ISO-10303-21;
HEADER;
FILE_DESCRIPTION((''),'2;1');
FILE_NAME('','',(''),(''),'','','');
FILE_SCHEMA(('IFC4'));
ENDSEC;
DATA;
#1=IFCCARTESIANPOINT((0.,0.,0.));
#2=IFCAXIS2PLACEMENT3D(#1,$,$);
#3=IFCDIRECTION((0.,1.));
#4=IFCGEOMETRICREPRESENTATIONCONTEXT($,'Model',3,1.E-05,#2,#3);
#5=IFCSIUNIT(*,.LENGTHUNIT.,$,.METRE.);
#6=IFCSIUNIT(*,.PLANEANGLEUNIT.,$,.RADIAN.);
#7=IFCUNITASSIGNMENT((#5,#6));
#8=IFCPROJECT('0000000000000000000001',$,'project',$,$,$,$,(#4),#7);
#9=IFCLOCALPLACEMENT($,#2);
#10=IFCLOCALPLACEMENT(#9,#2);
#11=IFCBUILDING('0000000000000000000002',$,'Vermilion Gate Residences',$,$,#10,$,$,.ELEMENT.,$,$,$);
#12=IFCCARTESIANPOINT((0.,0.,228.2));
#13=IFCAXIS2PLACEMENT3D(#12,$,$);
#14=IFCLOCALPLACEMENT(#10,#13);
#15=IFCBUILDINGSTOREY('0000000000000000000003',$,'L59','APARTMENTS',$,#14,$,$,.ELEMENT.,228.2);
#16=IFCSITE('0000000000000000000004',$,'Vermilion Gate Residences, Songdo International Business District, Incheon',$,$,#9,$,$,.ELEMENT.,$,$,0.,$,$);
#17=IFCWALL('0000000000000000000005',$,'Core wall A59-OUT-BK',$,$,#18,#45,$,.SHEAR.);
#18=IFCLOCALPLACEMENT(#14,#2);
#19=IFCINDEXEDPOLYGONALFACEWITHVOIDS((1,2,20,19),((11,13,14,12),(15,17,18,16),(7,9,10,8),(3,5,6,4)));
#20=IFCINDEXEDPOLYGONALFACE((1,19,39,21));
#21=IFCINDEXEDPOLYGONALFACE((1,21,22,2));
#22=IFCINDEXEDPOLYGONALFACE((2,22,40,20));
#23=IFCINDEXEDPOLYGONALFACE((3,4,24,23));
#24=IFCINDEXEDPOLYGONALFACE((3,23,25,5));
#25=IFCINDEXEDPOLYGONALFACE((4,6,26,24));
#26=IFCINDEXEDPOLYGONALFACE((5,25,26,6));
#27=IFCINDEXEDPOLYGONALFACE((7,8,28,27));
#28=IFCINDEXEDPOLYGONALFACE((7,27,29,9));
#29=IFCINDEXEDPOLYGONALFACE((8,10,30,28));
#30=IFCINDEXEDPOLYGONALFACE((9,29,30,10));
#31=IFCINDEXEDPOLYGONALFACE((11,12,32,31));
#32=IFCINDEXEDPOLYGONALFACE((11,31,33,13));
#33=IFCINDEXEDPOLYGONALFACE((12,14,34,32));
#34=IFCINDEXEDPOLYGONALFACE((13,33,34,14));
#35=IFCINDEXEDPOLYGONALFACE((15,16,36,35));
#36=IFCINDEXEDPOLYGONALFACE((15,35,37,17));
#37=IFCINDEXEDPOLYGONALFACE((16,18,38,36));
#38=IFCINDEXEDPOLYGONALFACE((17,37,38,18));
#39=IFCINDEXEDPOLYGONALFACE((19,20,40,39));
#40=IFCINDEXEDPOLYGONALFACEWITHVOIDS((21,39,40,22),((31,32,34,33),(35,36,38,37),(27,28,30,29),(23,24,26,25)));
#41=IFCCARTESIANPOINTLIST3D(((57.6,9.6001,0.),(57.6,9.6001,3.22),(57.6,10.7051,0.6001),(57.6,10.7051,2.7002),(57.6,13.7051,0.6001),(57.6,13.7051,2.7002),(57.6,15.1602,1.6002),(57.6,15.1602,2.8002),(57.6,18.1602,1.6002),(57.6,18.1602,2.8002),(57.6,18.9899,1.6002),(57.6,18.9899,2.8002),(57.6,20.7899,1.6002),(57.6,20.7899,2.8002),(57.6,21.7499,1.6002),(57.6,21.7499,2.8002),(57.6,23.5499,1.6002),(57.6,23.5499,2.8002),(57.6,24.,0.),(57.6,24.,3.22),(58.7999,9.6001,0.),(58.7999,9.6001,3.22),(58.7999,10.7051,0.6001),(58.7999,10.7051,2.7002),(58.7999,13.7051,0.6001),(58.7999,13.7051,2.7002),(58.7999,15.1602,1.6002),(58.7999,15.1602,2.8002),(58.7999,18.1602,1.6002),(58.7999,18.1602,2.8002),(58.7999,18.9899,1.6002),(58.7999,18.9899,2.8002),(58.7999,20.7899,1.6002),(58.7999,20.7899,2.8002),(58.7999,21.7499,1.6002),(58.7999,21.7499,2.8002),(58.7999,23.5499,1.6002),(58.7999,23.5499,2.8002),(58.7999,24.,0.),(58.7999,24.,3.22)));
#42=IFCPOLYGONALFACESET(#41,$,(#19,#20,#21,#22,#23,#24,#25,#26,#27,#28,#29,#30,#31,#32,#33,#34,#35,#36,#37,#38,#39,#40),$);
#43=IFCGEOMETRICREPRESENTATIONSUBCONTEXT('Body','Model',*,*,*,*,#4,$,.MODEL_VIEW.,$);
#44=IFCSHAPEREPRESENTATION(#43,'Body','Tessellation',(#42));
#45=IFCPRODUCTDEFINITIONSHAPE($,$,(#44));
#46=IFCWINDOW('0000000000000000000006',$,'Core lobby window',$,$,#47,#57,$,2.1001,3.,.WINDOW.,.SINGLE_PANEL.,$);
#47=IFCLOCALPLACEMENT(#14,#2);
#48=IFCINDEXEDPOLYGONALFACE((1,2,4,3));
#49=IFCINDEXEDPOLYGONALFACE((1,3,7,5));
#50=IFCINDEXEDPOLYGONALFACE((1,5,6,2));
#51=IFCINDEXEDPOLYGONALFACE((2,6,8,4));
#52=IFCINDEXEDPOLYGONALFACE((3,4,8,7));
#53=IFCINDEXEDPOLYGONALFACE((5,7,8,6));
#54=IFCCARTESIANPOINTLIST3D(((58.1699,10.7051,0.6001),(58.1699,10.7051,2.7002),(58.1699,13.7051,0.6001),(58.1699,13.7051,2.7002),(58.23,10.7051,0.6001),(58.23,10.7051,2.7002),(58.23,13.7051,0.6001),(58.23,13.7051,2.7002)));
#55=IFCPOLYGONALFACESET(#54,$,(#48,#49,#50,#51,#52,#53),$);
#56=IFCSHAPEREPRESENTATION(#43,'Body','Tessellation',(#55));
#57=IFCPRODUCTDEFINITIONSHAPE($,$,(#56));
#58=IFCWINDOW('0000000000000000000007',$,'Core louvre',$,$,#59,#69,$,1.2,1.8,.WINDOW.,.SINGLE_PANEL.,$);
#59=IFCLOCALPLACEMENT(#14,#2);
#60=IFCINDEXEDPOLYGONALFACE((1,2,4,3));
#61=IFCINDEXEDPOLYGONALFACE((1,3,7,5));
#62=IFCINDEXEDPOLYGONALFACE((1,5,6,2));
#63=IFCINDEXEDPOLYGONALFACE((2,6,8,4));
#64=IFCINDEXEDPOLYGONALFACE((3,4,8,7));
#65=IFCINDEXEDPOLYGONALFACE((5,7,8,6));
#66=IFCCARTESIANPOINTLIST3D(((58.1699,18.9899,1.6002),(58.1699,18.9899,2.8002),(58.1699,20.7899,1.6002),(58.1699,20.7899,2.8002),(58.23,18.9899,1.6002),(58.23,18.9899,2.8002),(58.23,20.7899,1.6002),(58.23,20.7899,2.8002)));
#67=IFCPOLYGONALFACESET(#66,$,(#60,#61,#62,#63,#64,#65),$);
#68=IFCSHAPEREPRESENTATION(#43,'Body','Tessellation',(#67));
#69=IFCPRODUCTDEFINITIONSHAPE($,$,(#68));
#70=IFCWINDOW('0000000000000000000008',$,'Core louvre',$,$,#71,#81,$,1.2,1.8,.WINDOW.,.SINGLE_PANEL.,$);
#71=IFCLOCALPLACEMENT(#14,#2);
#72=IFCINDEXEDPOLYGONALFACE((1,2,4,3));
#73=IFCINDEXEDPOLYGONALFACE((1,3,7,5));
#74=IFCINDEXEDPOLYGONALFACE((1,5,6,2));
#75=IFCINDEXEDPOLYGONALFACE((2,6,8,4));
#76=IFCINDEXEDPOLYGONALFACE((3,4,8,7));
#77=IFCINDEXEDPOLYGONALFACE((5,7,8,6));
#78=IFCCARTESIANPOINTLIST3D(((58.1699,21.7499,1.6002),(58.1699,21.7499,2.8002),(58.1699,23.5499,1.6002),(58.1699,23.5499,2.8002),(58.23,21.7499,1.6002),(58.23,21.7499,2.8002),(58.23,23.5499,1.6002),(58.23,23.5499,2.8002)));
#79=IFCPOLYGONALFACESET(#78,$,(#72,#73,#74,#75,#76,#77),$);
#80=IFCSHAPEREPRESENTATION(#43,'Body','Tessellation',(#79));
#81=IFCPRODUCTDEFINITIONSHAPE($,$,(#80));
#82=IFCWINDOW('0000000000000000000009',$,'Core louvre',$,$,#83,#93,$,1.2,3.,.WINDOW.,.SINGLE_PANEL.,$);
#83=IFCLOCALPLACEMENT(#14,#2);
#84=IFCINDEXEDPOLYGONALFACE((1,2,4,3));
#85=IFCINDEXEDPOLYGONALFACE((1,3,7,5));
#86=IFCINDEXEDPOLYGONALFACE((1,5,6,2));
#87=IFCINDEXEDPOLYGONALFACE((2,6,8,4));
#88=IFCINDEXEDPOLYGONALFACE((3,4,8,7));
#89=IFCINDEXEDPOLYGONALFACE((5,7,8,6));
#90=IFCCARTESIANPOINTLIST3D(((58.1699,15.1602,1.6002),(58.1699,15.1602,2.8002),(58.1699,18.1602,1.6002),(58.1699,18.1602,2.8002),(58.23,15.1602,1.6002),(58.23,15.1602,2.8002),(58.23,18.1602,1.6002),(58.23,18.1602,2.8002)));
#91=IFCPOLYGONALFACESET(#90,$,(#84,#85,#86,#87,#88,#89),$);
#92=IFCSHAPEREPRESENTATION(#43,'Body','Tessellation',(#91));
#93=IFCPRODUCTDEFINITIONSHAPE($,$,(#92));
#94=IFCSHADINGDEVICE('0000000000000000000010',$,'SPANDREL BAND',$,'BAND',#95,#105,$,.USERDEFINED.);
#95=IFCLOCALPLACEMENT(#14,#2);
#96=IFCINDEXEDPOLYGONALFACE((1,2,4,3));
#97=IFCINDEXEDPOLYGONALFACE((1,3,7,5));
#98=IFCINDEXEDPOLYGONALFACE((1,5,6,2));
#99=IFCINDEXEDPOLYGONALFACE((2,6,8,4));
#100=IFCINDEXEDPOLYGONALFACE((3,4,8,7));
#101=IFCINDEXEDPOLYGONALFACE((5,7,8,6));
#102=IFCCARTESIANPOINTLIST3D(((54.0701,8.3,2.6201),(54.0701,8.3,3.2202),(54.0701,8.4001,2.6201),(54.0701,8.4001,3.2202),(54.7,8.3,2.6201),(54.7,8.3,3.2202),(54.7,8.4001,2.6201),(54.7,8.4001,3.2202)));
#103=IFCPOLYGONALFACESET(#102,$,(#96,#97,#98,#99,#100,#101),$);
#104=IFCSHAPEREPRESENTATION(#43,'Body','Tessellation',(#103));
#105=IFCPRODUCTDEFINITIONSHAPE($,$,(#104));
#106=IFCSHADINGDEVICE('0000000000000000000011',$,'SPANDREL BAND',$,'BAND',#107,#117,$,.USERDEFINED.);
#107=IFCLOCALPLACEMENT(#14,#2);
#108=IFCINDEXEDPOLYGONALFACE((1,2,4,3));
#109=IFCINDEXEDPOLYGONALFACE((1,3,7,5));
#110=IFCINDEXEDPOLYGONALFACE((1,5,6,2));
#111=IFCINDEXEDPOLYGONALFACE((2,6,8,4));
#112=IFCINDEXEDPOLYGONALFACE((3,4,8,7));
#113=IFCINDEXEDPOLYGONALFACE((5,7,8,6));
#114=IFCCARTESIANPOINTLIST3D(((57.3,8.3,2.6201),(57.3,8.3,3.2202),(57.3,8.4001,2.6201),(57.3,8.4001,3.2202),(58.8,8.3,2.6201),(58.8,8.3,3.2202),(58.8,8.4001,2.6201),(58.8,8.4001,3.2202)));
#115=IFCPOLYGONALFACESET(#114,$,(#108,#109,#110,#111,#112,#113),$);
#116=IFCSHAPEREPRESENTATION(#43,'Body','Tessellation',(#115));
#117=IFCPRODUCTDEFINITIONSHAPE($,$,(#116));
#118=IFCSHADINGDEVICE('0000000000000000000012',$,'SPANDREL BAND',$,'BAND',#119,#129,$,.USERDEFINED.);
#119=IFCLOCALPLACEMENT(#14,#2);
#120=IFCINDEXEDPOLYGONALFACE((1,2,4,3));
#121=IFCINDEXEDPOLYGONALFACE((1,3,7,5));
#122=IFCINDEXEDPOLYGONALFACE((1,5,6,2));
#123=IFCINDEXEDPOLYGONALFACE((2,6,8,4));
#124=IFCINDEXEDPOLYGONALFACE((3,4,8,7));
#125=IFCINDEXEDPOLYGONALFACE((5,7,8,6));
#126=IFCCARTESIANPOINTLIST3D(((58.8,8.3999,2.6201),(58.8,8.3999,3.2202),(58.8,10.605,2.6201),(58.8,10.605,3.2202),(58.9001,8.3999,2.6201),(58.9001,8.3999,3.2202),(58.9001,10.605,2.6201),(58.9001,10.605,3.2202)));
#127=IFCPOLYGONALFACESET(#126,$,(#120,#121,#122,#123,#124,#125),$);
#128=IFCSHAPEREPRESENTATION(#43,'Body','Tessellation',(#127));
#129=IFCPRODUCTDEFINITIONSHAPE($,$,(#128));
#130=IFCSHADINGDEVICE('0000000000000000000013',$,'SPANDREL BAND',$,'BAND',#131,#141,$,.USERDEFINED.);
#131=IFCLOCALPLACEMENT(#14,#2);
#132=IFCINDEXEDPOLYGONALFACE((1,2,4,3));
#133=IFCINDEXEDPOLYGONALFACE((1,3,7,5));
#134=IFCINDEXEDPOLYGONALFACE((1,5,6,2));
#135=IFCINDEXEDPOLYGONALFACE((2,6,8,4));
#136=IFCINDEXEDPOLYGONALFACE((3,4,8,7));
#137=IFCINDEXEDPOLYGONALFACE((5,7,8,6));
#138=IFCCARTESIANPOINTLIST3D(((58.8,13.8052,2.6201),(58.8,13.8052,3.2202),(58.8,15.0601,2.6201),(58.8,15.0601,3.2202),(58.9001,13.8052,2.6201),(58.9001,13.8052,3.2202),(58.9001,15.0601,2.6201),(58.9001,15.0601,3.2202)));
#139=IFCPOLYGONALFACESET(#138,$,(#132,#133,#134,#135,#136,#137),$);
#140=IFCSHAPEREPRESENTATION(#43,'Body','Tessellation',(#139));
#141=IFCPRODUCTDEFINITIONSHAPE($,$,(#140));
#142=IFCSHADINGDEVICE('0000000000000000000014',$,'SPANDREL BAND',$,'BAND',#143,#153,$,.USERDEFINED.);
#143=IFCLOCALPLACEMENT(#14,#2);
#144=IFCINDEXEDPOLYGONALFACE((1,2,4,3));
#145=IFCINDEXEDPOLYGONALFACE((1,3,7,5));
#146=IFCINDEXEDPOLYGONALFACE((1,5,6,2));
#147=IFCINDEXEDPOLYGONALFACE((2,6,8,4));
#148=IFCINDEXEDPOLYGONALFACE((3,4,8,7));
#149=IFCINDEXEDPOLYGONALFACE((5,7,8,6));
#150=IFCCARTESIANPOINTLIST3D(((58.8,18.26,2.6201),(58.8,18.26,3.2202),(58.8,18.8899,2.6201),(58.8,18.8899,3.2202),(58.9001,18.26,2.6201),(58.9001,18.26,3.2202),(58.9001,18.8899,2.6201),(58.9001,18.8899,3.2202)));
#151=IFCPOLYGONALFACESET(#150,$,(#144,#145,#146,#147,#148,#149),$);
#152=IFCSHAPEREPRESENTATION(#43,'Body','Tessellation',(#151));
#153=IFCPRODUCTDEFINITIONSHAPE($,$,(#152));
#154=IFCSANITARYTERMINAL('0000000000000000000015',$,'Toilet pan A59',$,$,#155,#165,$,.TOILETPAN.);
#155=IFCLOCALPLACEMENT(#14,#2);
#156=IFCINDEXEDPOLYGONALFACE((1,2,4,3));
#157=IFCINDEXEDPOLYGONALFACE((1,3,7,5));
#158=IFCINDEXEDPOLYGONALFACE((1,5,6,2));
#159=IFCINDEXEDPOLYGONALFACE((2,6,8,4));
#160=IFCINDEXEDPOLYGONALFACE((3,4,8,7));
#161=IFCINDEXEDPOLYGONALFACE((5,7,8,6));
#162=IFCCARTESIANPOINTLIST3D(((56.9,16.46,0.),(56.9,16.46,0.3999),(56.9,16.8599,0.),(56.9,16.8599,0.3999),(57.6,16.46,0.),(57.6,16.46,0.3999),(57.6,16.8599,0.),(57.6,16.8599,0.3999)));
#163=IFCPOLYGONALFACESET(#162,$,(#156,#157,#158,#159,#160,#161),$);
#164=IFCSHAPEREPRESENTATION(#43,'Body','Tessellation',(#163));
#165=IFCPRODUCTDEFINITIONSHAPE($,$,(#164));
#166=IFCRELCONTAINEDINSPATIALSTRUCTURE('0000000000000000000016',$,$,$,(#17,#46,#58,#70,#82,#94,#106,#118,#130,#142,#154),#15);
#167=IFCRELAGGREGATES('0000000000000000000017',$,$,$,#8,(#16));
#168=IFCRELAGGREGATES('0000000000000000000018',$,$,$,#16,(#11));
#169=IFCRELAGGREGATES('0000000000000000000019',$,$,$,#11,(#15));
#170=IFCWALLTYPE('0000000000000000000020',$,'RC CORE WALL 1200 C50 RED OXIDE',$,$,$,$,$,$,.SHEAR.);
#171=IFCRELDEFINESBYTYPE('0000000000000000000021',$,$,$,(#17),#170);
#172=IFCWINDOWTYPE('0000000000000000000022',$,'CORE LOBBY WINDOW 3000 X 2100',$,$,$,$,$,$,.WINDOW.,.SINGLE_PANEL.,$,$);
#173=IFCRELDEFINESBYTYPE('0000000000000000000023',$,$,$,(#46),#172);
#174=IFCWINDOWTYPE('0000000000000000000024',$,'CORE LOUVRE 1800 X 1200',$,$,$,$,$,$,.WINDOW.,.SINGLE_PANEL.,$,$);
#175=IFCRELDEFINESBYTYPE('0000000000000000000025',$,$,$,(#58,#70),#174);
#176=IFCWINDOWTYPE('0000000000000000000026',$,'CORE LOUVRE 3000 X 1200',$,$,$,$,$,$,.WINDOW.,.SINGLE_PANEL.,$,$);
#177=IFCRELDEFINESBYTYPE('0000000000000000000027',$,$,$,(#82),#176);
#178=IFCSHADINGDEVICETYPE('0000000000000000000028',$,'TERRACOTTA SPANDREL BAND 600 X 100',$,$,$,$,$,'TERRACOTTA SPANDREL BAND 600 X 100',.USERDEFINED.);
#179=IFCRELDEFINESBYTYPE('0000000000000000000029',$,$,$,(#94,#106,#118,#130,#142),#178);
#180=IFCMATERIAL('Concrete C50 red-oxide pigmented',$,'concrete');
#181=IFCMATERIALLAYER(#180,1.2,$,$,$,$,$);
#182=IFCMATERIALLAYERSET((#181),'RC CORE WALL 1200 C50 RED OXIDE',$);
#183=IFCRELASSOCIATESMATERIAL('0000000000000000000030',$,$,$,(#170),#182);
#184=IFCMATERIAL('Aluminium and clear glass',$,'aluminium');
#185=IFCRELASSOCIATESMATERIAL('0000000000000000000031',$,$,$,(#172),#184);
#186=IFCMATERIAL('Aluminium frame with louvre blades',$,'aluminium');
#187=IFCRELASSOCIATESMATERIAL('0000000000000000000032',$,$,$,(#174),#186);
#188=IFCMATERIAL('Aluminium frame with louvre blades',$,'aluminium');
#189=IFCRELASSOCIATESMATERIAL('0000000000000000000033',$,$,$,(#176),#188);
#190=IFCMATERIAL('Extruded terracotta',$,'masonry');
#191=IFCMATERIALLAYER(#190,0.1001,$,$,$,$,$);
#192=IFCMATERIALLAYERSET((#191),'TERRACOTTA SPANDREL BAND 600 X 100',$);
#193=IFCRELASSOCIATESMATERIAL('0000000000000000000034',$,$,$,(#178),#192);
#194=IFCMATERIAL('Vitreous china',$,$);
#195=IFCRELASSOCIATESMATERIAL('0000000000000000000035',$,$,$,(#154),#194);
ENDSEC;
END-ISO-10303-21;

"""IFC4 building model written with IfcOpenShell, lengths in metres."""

from ifc_helpers import new_model, si_unit, direction, frame, frame_2d, origin, origin_2d, place, context, subcontext, project, spatial, rectangle, extrude, material, layer, layer_set, type_object, element, fill, save


model = new_model("IFC4")

# Units and contexts
model_context = context("Model", 3, precision=1e-05, world=origin(), true_north=direction((0.0, 1.0)))
body_context = subcontext(model_context, "Body", "Model", "MODEL_VIEW")
ifc_project = project(units=[si_unit("LENGTHUNIT", "METRE"), si_unit("PLANEANGLEUNIT", "RADIAN")], contexts=[model_context])

# Site, building, storey
site_placement = place(None, origin())
site = spatial("IfcSite", under=ifc_project, at=site_placement, Name="Vermilion Gate Residences, Songdo International Business District, Incheon", CompositionType="ELEMENT", RefElevation=0.0)
building_placement = place(site_placement, origin())
building = spatial("IfcBuilding", under=site, at=building_placement, Name="Vermilion Gate Residences", CompositionType="ELEMENT")
storey_placement = place(building_placement, frame((0.0, 0.0, 228.2)))
storey = spatial("IfcBuildingStorey", under=building, at=storey_placement, Name="L59", Description="APARTMENTS", CompositionType="ELEMENT", Elevation=228.2)

# Wall, openings, windows
ifc_material_1 = material(Name="Concrete C50 red-oxide pigmented", Category="concrete")
ifc_layer_1 = layer(ifc_material_1, 1.2)
ifc_layer_set_1 = layer_set([ifc_layer_1], Name="RC CORE WALL 1200 C50 RED OXIDE")
wall_type_1 = type_object("IfcWallType", Name="RC CORE WALL 1200 C50 RED OXIDE", PredefinedType="SHEAR", material=ifc_layer_set_1)
wall_1_placement = place(storey_placement, frame((58.2, 9.6001, 0.0), z_axis=(0.0, 0.0, 1.0), x_axis=(0.0, 1.0, 0.0)))
wall_1 = element("IfcWall", 1, at=wall_1_placement, inside=storey, type_object=wall_type_1, Name="Core wall A59-OUT-BK", PredefinedType="SHEAR", context=body_context, shape_type="SweptSolid", body=[
    extrude(rectangle(XDim=14.3999, YDim=1.2, at=frame_2d((7.2, 0.0))), origin(), (0.0, 0.0, 1.0), 3.22),
])
opening_1_placement = place(wall_1_placement, frame((1.105, 0.0, 0.6001)))
opening_1 = element("IfcOpeningElement", 2, at=opening_1_placement, cuts=wall_1, PredefinedType="OPENING", context=body_context, shape_type="SweptSolid", body=[
    extrude(rectangle(XDim=3.0, YDim=2.1001, at=frame_2d((1.5, 1.05))), frame((0.0, 0.6099, 0.0), z_axis=(0.0, -1.0, 0.0), x_axis=(1.0, 0.0, 0.0)), (0.0, 0.0, 1.0), 1.22),
])
opening_2_placement = place(wall_1_placement, frame((5.5601, 0.0, 1.6001)))
opening_2 = element("IfcOpeningElement", 3, at=opening_2_placement, cuts=wall_1, PredefinedType="OPENING", context=body_context, shape_type="SweptSolid", body=[
    extrude(rectangle(XDim=3.0, YDim=1.2, at=frame_2d((1.5, 0.6001))), frame((0.0, 0.6099, 0.0), z_axis=(0.0, -1.0, 0.0), x_axis=(1.0, 0.0, 0.0)), (0.0, 0.0, 1.0), 1.22),
])
opening_3_placement = place(wall_1_placement, frame((9.3899, 0.0, 1.6001)))
opening_3 = element("IfcOpeningElement", 4, at=opening_3_placement, cuts=wall_1, PredefinedType="OPENING", context=body_context, shape_type="SweptSolid", body=[
    extrude(rectangle(XDim=1.8, YDim=1.2, at=frame_2d((0.8999, 0.6001))), frame((0.0, 0.6099, 0.0), z_axis=(0.0, -1.0, 0.0), x_axis=(1.0, 0.0, 0.0)), (0.0, 0.0, 1.0), 1.22),
])
opening_4_placement = place(wall_1_placement, frame((12.1499, 0.0, 1.6001)))
opening_4 = element("IfcOpeningElement", 5, at=opening_4_placement, cuts=wall_1, PredefinedType="OPENING", context=body_context, shape_type="SweptSolid", body=[
    extrude(rectangle(XDim=1.8, YDim=1.2, at=frame_2d((0.8999, 0.6001))), frame((0.0, 0.6099, 0.0), z_axis=(0.0, -1.0, 0.0), x_axis=(1.0, 0.0, 0.0)), (0.0, 0.0, 1.0), 1.22),
])
ifc_material_2 = material(Name="Aluminium and clear glass", Category="aluminium")
window_type_1 = type_object("IfcWindowType", Name="CORE LOBBY WINDOW 3000 X 2100", PartitioningType="SINGLE_PANEL", PredefinedType="WINDOW", material=ifc_material_2)
window_1_placement = place(opening_1_placement, origin())
window_1 = element("IfcWindow", 6, at=window_1_placement, inside=storey, type_object=window_type_1, Name="Core lobby window", OverallHeight=2.1001, OverallWidth=3.0, PartitioningType="SINGLE_PANEL", PredefinedType="WINDOW", context=body_context, shape_type="SweptSolid", body=[
    extrude(rectangle(XDim=3.0, YDim=2.1001, at=frame_2d((1.5, 1.05))), frame((0.0, 0.03, 0.0), z_axis=(0.0, -1.0, 0.0), x_axis=(1.0, 0.0, 0.0)), (0.0, 0.0, 1.0), 0.0601),
])
fill(opening_1, window_1)
ifc_material_3 = material(Name="Aluminium frame with louvre blades", Category="aluminium")
window_type_2 = type_object("IfcWindowType", Name="CORE LOUVRE 1800 X 1200", PartitioningType="SINGLE_PANEL", PredefinedType="WINDOW", material=ifc_material_3)
window_2_placement = place(opening_3_placement, origin())
window_2 = element("IfcWindow", 7, at=window_2_placement, inside=storey, type_object=window_type_2, Name="Core louvre", OverallHeight=1.2, OverallWidth=1.8, PartitioningType="SINGLE_PANEL", PredefinedType="WINDOW", context=body_context, shape_type="SweptSolid", body=[
    extrude(rectangle(XDim=1.8, YDim=1.2, at=frame_2d((0.8999, 0.6001))), frame((0.0, 0.03, 0.0), z_axis=(0.0, -1.0, 0.0), x_axis=(1.0, 0.0, 0.0)), (0.0, 0.0, 1.0), 0.0601),
])
fill(opening_3, window_2)
window_3_placement = place(opening_4_placement, origin())
window_3 = element("IfcWindow", 8, at=window_3_placement, inside=storey, type_object=window_type_2, Name="Core louvre", OverallHeight=1.2, OverallWidth=1.8, PartitioningType="SINGLE_PANEL", PredefinedType="WINDOW", context=body_context, shape_type="SweptSolid", body=[
    extrude(rectangle(XDim=1.8, YDim=1.2, at=frame_2d((0.8999, 0.6001))), frame((0.0, 0.03, 0.0), z_axis=(0.0, -1.0, 0.0), x_axis=(1.0, 0.0, 0.0)), (0.0, 0.0, 1.0), 0.0601),
])
fill(opening_4, window_3)
ifc_material_4 = material(Name="Aluminium frame with louvre blades", Category="aluminium")
window_type_3 = type_object("IfcWindowType", Name="CORE LOUVRE 3000 X 1200", PartitioningType="SINGLE_PANEL", PredefinedType="WINDOW", material=ifc_material_4)
window_4_placement = place(opening_2_placement, origin())
window_4 = element("IfcWindow", 9, at=window_4_placement, inside=storey, type_object=window_type_3, Name="Core louvre", OverallHeight=1.2, OverallWidth=3.0, PartitioningType="SINGLE_PANEL", PredefinedType="WINDOW", context=body_context, shape_type="SweptSolid", body=[
    extrude(rectangle(XDim=3.0, YDim=1.2, at=frame_2d((1.5, 0.6001))), frame((0.0, 0.03, 0.0), z_axis=(0.0, -1.0, 0.0), x_axis=(1.0, 0.0, 0.0)), (0.0, 0.0, 1.0), 0.0601),
])
fill(opening_2, window_4)

# Shading devices
ifc_material_5 = material(Name="Extruded terracotta", Category="masonry")
ifc_layer_2 = layer(ifc_material_5, 0.1001)
ifc_layer_set_2 = layer_set([ifc_layer_2], Name="TERRACOTTA SPANDREL BAND 600 X 100")
shading_device_type = type_object("IfcShadingDeviceType", Name="TERRACOTTA SPANDREL BAND 600 X 100", ElementType="TERRACOTTA SPANDREL BAND 600 X 100", PredefinedType="USERDEFINED", material=ifc_layer_set_2)
shading_device_1_placement = place(storey_placement, frame((54.385, 8.3501, 2.6201), z_axis=(0.0, 0.0, 1.0), x_axis=(1.0, 0.0, 0.0)))
element("IfcShadingDevice", 10, at=shading_device_1_placement, inside=storey, type_object=shading_device_type, Name="SPANDREL BAND", ObjectType="BAND", PredefinedType="USERDEFINED", context=body_context, shape_type="SweptSolid", body=[
    extrude(rectangle(XDim=0.6299, YDim=0.1001, at=origin_2d()), origin(), (0.0, 0.0, 1.0), 0.6001),
])
shading_device_2_placement = place(storey_placement, frame((58.05, 8.3501, 2.6201), z_axis=(0.0, 0.0, 1.0), x_axis=(1.0, 0.0, 0.0)))
element("IfcShadingDevice", 11, at=shading_device_2_placement, inside=storey, type_object=shading_device_type, Name="SPANDREL BAND", ObjectType="BAND", PredefinedType="USERDEFINED", context=body_context, shape_type="SweptSolid", body=[
    extrude(rectangle(XDim=1.5, YDim=0.1001, at=origin_2d()), origin(), (0.0, 0.0, 1.0), 0.6001),
])
shading_device_3_placement = place(storey_placement, frame((58.8501, 9.5024, 2.6201), z_axis=(0.0, 0.0, 1.0), x_axis=(0.0, 1.0, 0.0)))
element("IfcShadingDevice", 12, at=shading_device_3_placement, inside=storey, type_object=shading_device_type, Name="SPANDREL BAND", ObjectType="BAND", PredefinedType="USERDEFINED", context=body_context, shape_type="SweptSolid", body=[
    extrude(rectangle(XDim=2.2051, YDim=0.1001, at=origin_2d()), origin(), (0.0, 0.0, 1.0), 0.6001),
])
shading_device_4_placement = place(storey_placement, frame((58.8501, 14.4326, 2.6201), z_axis=(0.0, 0.0, 1.0), x_axis=(0.0, 1.0, 0.0)))
element("IfcShadingDevice", 13, at=shading_device_4_placement, inside=storey, type_object=shading_device_type, Name="SPANDREL BAND", ObjectType="BAND", PredefinedType="USERDEFINED", context=body_context, shape_type="SweptSolid", body=[
    extrude(rectangle(XDim=1.2549, YDim=0.1001, at=origin_2d()), origin(), (0.0, 0.0, 1.0), 0.6001),
])
shading_device_5_placement = place(storey_placement, frame((58.8501, 18.575, 2.6201), z_axis=(0.0, 0.0, 1.0), x_axis=(0.0, 1.0, 0.0)))
element("IfcShadingDevice", 14, at=shading_device_5_placement, inside=storey, type_object=shading_device_type, Name="SPANDREL BAND", ObjectType="BAND", PredefinedType="USERDEFINED", context=body_context, shape_type="SweptSolid", body=[
    extrude(rectangle(XDim=0.6299, YDim=0.1001, at=origin_2d()), origin(), (0.0, 0.0, 1.0), 0.6001),
])

# Sanitary terminal
ifc_material_6 = material(Name="Vitreous china")
sanitary_terminal_1_placement = place(storey_placement, frame((57.25, 16.6599, 0.0), z_axis=(0.0, 0.0, 1.0), x_axis=(1.0, 0.0, 0.0)))
element("IfcSanitaryTerminal", 15, at=sanitary_terminal_1_placement, inside=storey, material=ifc_material_6, Name="Toilet pan A59", PredefinedType="TOILETPAN", context=body_context, shape_type="SweptSolid", body=[
    extrude(rectangle(XDim=0.7, YDim=0.3999, at=origin_2d()), origin(), (0.0, 0.0, 1.0), 0.3999),
])

save(model, "model.ifc")
